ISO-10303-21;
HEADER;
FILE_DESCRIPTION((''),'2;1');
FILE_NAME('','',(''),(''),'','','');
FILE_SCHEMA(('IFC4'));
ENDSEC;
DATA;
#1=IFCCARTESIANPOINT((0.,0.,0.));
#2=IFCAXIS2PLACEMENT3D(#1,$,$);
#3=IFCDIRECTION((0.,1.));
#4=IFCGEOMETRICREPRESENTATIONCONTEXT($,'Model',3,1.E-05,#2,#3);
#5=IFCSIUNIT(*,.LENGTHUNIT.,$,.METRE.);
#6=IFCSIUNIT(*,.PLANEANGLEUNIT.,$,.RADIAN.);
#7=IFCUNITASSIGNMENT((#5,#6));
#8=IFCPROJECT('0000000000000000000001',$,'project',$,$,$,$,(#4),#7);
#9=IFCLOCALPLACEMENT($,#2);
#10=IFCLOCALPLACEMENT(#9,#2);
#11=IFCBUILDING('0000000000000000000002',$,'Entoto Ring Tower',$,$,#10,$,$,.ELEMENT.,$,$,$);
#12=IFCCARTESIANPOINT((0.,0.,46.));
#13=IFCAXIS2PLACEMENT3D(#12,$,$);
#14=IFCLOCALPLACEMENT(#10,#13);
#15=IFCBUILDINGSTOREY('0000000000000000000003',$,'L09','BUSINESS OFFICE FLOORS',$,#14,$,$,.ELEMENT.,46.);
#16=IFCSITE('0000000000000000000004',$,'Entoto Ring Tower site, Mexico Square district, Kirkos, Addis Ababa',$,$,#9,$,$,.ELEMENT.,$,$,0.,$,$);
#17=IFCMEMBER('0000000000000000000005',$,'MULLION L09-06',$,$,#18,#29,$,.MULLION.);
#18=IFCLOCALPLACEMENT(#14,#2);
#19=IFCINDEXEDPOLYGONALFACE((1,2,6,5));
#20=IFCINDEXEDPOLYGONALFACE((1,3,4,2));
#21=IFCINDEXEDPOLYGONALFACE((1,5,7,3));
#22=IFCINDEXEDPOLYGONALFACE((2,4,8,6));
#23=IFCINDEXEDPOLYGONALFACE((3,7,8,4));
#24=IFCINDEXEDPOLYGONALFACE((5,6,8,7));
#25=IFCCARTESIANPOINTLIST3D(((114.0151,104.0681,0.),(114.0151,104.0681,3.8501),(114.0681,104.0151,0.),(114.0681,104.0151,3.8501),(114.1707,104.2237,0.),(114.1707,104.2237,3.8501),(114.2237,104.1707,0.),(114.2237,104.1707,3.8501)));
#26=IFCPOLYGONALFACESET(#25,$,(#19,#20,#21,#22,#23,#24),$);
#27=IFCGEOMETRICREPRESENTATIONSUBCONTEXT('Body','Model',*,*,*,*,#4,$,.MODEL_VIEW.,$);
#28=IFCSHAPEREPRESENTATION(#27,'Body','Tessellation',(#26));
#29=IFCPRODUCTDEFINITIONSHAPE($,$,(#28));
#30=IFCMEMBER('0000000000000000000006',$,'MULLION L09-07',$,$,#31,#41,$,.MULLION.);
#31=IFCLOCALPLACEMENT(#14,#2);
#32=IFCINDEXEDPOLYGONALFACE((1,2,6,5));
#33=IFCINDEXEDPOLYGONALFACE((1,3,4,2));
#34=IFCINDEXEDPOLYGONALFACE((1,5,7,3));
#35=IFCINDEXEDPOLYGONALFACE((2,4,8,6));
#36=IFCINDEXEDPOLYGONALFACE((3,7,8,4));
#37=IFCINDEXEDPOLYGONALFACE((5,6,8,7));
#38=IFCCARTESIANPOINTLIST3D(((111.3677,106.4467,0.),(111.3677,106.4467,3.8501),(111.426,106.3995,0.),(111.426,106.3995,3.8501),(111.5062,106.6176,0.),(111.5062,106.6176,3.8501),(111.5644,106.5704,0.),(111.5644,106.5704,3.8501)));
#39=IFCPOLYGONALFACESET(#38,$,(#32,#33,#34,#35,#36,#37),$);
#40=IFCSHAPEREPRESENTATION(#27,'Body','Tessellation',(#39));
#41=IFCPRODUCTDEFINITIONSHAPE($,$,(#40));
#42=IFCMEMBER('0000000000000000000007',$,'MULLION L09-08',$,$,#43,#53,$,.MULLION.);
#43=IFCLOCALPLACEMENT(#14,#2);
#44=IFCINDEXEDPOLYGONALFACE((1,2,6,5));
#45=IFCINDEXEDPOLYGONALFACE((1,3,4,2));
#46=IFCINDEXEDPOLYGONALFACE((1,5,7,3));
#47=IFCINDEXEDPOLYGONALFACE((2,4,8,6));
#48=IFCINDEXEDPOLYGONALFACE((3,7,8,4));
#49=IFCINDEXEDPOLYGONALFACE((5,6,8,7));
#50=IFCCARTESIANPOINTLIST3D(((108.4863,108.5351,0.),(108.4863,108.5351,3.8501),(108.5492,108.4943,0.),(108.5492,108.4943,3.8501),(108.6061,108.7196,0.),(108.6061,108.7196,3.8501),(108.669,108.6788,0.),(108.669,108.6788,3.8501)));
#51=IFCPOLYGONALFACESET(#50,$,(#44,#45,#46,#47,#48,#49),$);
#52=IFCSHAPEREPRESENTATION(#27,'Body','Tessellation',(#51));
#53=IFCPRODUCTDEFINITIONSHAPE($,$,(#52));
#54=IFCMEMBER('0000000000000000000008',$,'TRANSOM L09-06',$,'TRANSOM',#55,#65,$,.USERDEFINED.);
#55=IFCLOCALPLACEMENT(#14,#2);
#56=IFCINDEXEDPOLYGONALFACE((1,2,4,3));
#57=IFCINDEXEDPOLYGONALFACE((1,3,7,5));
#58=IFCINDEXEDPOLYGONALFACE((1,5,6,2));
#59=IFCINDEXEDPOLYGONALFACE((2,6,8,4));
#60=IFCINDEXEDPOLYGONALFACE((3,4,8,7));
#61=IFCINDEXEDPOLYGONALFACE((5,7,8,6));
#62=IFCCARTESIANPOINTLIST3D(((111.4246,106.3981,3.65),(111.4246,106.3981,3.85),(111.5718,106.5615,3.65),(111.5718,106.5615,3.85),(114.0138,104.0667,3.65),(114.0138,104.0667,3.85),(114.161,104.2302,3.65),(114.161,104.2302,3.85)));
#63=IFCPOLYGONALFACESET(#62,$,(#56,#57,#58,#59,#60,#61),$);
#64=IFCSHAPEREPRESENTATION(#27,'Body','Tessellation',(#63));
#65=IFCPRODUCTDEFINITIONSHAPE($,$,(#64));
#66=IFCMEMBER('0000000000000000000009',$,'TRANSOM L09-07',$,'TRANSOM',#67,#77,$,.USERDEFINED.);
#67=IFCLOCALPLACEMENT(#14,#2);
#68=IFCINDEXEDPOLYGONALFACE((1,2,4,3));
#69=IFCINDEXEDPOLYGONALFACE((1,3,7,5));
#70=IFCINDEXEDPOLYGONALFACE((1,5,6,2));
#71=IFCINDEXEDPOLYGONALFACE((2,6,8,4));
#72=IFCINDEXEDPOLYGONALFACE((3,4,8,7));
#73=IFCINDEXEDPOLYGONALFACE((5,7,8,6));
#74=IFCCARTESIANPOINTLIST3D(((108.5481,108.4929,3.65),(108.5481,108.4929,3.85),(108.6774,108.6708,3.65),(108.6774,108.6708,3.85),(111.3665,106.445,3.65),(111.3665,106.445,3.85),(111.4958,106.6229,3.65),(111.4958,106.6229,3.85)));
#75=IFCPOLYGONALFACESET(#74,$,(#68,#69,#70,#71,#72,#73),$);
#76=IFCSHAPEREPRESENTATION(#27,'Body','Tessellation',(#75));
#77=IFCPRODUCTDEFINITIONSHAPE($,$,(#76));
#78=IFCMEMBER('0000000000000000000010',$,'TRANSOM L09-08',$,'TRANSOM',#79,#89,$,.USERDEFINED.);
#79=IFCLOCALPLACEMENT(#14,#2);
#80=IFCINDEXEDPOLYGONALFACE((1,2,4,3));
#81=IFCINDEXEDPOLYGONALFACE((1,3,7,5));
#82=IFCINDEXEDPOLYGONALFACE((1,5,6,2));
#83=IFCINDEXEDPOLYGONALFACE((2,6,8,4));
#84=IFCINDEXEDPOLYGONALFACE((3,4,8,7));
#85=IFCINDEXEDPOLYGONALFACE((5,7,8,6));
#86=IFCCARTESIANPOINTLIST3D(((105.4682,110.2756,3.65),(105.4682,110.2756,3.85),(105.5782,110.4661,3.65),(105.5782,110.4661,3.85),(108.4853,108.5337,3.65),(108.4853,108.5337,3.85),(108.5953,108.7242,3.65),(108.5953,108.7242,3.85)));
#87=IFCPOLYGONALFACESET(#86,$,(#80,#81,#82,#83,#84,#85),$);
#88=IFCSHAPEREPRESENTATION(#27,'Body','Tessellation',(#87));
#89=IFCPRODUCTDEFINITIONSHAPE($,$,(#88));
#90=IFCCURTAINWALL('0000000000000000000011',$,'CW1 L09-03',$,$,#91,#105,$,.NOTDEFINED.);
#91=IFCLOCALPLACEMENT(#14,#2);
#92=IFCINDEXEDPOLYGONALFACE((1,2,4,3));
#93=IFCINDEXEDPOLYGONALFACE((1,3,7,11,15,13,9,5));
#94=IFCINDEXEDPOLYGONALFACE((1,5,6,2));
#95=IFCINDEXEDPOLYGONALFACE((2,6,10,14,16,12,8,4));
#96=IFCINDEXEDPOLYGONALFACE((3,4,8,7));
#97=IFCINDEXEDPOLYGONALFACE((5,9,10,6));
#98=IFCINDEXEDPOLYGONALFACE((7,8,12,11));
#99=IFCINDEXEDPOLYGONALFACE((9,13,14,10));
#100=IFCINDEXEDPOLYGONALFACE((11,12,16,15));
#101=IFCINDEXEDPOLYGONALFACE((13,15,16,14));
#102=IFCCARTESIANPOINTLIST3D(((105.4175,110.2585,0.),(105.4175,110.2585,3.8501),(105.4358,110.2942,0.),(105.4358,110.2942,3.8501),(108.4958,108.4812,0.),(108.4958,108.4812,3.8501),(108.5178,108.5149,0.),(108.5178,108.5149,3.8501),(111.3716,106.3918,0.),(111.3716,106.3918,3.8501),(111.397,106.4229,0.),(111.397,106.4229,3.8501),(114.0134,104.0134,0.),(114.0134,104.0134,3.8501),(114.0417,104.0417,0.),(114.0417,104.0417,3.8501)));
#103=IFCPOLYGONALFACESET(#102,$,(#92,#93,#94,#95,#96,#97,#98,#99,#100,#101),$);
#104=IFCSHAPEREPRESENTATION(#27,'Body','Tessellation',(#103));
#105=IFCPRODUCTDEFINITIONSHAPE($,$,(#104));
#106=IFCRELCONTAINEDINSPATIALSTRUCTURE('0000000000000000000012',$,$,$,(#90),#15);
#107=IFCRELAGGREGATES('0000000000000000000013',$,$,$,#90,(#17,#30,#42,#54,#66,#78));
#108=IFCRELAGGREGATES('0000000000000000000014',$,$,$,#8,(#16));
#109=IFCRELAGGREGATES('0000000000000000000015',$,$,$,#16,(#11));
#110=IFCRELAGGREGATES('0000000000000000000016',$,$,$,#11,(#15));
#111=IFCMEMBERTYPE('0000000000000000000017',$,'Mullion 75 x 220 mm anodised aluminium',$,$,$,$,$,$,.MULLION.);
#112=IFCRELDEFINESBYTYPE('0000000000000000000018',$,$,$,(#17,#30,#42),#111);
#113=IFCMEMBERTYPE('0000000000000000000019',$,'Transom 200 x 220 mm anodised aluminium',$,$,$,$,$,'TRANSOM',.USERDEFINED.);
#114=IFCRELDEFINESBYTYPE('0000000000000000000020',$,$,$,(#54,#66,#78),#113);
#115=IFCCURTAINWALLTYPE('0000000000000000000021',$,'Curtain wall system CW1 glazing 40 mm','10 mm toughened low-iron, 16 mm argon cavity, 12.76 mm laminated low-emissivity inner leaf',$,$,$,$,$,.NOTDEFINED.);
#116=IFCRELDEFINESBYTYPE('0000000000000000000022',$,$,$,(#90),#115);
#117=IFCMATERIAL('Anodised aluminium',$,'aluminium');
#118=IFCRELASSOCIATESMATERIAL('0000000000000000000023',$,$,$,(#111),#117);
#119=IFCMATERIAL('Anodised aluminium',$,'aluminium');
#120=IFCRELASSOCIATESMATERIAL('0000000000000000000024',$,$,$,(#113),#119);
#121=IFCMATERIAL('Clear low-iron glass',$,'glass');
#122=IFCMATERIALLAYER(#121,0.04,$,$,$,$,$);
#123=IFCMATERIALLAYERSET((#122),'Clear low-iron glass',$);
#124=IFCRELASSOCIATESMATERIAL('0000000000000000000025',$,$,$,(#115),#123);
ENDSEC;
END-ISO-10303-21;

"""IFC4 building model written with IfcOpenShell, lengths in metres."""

from ifc_helpers import new_model, si_unit, direction, frame, origin, origin_2d, place, context, subcontext, project, spatial, polyline, rectangle, outline, extrude, material, layer, layer_set, material_profile, profile_set, type_object, element, aggregate, save


model = new_model("IFC4")

# Units and contexts
model_context = context("Model", 3, precision=1e-05, world=origin(), true_north=direction((0.0, 1.0)))
body_context = subcontext(model_context, "Body", "Model", "MODEL_VIEW")
ifc_project = project(units=[si_unit("LENGTHUNIT", "METRE"), si_unit("PLANEANGLEUNIT", "RADIAN")], contexts=[model_context])

# Members
ifc_material_1 = material(Name="Anodised aluminium", Category="aluminium")
ifc_material_profile_1 = material_profile(ifc_material_1, rectangle(XDim=0.075, YDim=0.22, at=origin_2d()), Name="Mullion 75 x 220 mm anodised aluminium")
ifc_profile_set_1 = profile_set([ifc_material_profile_1], Name="Anodised aluminium")
member_type_1 = type_object("IfcMemberType", Name="Mullion 75 x 220 mm anodised aluminium", PredefinedType="MULLION", material=ifc_profile_set_1)
site_placement = place(None, origin())
building_placement = place(site_placement, origin())
storey_placement = place(building_placement, frame((0.0, 0.0, 46.0)))
member_1_placement = place(storey_placement, frame((114.1194, 104.1194, 0.0), z_axis=(0.0, 0.0, 1.0), x_axis=(-0.707107, 0.707107, 0.0)))
member_1 = element("IfcMember", 1, at=member_1_placement, type_object=member_type_1, Name="MULLION L09-06", PredefinedType="MULLION", context=body_context, shape_type="SweptSolid", body=[
    extrude(rectangle(XDim=0.075, YDim=0.22, at=origin_2d()), origin(), (0.0, 0.0, 1.0), 3.8501),
])
member_2_placement = place(storey_placement, frame((111.4661, 106.5085, 0.0), z_axis=(0.0, 0.0, 1.0), x_axis=(-0.777146, 0.62932, 0.0)))
member_2 = element("IfcMember", 2, at=member_2_placement, type_object=member_type_1, Name="MULLION L09-07", PredefinedType="MULLION", context=body_context, shape_type="SweptSolid", body=[
    extrude(rectangle(XDim=0.075, YDim=0.22, at=origin_2d()), origin(), (0.0, 0.0, 1.0), 3.8501),
])
member_3_placement = place(storey_placement, frame((108.5776, 108.6069, 0.0), z_axis=(0.0, 0.0, 1.0), x_axis=(-0.838671, 0.544639, 0.0)))
member_3 = element("IfcMember", 3, at=member_3_placement, type_object=member_type_1, Name="MULLION L09-08", PredefinedType="MULLION", context=body_context, shape_type="SweptSolid", body=[
    extrude(rectangle(XDim=0.075, YDim=0.22, at=origin_2d()), origin(), (0.0, 0.0, 1.0), 3.8501),
])
ifc_material_2 = material(Name="Anodised aluminium", Category="aluminium")
ifc_material_profile_2 = material_profile(ifc_material_2, rectangle(XDim=0.22, YDim=0.2, at=origin_2d()), Name="Transom 200 x 220 mm anodised aluminium")
ifc_profile_set_2 = profile_set([ifc_material_profile_2], Name="Anodised aluminium")
member_type_2 = type_object("IfcMemberType", Name="Transom 200 x 220 mm anodised aluminium", ElementType="TRANSOM", PredefinedType="USERDEFINED", material=ifc_profile_set_2)
member_4_placement = place(storey_placement, frame((114.0874, 104.1484, 3.75), z_axis=(-0.743137, 0.669139, 0.0), x_axis=(-0.669139, -0.743137, 0.0)))
member_4 = element("IfcMember", 4, at=member_4_placement, type_object=member_type_2, Name="TRANSOM L09-06", ObjectType="TRANSOM", PredefinedType="USERDEFINED", context=body_context, shape_type="SweptSolid", body=[
    extrude(rectangle(XDim=0.22, YDim=0.2, at=origin_2d()), origin(), (0.0, 0.0, 1.0), 3.4841),
])
member_5_placement = place(storey_placement, frame((111.4312, 106.5339, 3.75), z_axis=(-0.808991, 0.587822, 0.0), x_axis=(-0.587822, -0.808991, 0.0)))
member_5 = element("IfcMember", 5, at=member_5_placement, type_object=member_type_2, Name="TRANSOM L09-07", ObjectType="TRANSOM", PredefinedType="USERDEFINED", context=body_context, shape_type="SweptSolid", body=[
    extrude(rectangle(XDim=0.22, YDim=0.2, at=origin_2d()), origin(), (0.0, 0.0, 1.0), 3.4839),
])
member_6_placement = place(storey_placement, frame((108.5403, 108.6289, 3.75), z_axis=(-0.866022, 0.500006, 0.0), x_axis=(-0.500006, -0.866022, 0.0)))
member_6 = element("IfcMember", 6, at=member_6_placement, type_object=member_type_2, Name="TRANSOM L09-08", ObjectType="TRANSOM", PredefinedType="USERDEFINED", context=body_context, shape_type="SweptSolid", body=[
    extrude(rectangle(XDim=0.22, YDim=0.2, at=origin_2d()), origin(), (0.0, 0.0, 1.0), 3.4839),
])

# Site, building, storey
site = spatial("IfcSite", under=ifc_project, at=site_placement, Name="Entoto Ring Tower site, Mexico Square district, Kirkos, Addis Ababa", CompositionType="ELEMENT", RefElevation=0.0)
building = spatial("IfcBuilding", under=site, at=building_placement, Name="Entoto Ring Tower", CompositionType="ELEMENT")
storey = spatial("IfcBuildingStorey", under=building, at=storey_placement, Name="L09", Description="BUSINESS OFFICE FLOORS", CompositionType="ELEMENT", Elevation=46.0)

# Curtain wall
ifc_material_3 = material(Name="Clear low-iron glass", Category="glass")
ifc_layer_1 = layer(ifc_material_3, 0.04)
ifc_layer_set_1 = layer_set([ifc_layer_1], Name="Clear low-iron glass")
curtain_wall_type = type_object("IfcCurtainWallType", Name="Curtain wall system CW1 glazing 40 mm", Description="10 mm toughened low-iron, 16 mm argon cavity, 12.76 mm laminated low-emissivity inner leaf", PredefinedType="NOTDEFINED", material=ifc_layer_set_1)
curtain_wall_1_placement = place(storey_placement, origin())
curtain_wall_1 = element("IfcCurtainWall", 7, at=curtain_wall_1_placement, inside=storey, type_object=curtain_wall_type, Name="CW1 L09-03", PredefinedType="NOTDEFINED", context=body_context, shape_type="SweptSolid", body=[
    extrude(outline(polyline([(114.0417, 104.0417), (111.397, 106.4229), (108.5178, 108.5149), (105.4358, 110.2942), (105.4175, 110.2585), (108.4958, 108.4812), (111.3716, 106.3918), (114.0134, 104.0134), (114.0417, 104.0417)])), origin(), (0.0, 0.0, 1.0), 3.8501),
])
aggregate(curtain_wall_1, [member_1, member_2, member_3, member_4, member_5, member_6])

save(model, "model.ifc")
